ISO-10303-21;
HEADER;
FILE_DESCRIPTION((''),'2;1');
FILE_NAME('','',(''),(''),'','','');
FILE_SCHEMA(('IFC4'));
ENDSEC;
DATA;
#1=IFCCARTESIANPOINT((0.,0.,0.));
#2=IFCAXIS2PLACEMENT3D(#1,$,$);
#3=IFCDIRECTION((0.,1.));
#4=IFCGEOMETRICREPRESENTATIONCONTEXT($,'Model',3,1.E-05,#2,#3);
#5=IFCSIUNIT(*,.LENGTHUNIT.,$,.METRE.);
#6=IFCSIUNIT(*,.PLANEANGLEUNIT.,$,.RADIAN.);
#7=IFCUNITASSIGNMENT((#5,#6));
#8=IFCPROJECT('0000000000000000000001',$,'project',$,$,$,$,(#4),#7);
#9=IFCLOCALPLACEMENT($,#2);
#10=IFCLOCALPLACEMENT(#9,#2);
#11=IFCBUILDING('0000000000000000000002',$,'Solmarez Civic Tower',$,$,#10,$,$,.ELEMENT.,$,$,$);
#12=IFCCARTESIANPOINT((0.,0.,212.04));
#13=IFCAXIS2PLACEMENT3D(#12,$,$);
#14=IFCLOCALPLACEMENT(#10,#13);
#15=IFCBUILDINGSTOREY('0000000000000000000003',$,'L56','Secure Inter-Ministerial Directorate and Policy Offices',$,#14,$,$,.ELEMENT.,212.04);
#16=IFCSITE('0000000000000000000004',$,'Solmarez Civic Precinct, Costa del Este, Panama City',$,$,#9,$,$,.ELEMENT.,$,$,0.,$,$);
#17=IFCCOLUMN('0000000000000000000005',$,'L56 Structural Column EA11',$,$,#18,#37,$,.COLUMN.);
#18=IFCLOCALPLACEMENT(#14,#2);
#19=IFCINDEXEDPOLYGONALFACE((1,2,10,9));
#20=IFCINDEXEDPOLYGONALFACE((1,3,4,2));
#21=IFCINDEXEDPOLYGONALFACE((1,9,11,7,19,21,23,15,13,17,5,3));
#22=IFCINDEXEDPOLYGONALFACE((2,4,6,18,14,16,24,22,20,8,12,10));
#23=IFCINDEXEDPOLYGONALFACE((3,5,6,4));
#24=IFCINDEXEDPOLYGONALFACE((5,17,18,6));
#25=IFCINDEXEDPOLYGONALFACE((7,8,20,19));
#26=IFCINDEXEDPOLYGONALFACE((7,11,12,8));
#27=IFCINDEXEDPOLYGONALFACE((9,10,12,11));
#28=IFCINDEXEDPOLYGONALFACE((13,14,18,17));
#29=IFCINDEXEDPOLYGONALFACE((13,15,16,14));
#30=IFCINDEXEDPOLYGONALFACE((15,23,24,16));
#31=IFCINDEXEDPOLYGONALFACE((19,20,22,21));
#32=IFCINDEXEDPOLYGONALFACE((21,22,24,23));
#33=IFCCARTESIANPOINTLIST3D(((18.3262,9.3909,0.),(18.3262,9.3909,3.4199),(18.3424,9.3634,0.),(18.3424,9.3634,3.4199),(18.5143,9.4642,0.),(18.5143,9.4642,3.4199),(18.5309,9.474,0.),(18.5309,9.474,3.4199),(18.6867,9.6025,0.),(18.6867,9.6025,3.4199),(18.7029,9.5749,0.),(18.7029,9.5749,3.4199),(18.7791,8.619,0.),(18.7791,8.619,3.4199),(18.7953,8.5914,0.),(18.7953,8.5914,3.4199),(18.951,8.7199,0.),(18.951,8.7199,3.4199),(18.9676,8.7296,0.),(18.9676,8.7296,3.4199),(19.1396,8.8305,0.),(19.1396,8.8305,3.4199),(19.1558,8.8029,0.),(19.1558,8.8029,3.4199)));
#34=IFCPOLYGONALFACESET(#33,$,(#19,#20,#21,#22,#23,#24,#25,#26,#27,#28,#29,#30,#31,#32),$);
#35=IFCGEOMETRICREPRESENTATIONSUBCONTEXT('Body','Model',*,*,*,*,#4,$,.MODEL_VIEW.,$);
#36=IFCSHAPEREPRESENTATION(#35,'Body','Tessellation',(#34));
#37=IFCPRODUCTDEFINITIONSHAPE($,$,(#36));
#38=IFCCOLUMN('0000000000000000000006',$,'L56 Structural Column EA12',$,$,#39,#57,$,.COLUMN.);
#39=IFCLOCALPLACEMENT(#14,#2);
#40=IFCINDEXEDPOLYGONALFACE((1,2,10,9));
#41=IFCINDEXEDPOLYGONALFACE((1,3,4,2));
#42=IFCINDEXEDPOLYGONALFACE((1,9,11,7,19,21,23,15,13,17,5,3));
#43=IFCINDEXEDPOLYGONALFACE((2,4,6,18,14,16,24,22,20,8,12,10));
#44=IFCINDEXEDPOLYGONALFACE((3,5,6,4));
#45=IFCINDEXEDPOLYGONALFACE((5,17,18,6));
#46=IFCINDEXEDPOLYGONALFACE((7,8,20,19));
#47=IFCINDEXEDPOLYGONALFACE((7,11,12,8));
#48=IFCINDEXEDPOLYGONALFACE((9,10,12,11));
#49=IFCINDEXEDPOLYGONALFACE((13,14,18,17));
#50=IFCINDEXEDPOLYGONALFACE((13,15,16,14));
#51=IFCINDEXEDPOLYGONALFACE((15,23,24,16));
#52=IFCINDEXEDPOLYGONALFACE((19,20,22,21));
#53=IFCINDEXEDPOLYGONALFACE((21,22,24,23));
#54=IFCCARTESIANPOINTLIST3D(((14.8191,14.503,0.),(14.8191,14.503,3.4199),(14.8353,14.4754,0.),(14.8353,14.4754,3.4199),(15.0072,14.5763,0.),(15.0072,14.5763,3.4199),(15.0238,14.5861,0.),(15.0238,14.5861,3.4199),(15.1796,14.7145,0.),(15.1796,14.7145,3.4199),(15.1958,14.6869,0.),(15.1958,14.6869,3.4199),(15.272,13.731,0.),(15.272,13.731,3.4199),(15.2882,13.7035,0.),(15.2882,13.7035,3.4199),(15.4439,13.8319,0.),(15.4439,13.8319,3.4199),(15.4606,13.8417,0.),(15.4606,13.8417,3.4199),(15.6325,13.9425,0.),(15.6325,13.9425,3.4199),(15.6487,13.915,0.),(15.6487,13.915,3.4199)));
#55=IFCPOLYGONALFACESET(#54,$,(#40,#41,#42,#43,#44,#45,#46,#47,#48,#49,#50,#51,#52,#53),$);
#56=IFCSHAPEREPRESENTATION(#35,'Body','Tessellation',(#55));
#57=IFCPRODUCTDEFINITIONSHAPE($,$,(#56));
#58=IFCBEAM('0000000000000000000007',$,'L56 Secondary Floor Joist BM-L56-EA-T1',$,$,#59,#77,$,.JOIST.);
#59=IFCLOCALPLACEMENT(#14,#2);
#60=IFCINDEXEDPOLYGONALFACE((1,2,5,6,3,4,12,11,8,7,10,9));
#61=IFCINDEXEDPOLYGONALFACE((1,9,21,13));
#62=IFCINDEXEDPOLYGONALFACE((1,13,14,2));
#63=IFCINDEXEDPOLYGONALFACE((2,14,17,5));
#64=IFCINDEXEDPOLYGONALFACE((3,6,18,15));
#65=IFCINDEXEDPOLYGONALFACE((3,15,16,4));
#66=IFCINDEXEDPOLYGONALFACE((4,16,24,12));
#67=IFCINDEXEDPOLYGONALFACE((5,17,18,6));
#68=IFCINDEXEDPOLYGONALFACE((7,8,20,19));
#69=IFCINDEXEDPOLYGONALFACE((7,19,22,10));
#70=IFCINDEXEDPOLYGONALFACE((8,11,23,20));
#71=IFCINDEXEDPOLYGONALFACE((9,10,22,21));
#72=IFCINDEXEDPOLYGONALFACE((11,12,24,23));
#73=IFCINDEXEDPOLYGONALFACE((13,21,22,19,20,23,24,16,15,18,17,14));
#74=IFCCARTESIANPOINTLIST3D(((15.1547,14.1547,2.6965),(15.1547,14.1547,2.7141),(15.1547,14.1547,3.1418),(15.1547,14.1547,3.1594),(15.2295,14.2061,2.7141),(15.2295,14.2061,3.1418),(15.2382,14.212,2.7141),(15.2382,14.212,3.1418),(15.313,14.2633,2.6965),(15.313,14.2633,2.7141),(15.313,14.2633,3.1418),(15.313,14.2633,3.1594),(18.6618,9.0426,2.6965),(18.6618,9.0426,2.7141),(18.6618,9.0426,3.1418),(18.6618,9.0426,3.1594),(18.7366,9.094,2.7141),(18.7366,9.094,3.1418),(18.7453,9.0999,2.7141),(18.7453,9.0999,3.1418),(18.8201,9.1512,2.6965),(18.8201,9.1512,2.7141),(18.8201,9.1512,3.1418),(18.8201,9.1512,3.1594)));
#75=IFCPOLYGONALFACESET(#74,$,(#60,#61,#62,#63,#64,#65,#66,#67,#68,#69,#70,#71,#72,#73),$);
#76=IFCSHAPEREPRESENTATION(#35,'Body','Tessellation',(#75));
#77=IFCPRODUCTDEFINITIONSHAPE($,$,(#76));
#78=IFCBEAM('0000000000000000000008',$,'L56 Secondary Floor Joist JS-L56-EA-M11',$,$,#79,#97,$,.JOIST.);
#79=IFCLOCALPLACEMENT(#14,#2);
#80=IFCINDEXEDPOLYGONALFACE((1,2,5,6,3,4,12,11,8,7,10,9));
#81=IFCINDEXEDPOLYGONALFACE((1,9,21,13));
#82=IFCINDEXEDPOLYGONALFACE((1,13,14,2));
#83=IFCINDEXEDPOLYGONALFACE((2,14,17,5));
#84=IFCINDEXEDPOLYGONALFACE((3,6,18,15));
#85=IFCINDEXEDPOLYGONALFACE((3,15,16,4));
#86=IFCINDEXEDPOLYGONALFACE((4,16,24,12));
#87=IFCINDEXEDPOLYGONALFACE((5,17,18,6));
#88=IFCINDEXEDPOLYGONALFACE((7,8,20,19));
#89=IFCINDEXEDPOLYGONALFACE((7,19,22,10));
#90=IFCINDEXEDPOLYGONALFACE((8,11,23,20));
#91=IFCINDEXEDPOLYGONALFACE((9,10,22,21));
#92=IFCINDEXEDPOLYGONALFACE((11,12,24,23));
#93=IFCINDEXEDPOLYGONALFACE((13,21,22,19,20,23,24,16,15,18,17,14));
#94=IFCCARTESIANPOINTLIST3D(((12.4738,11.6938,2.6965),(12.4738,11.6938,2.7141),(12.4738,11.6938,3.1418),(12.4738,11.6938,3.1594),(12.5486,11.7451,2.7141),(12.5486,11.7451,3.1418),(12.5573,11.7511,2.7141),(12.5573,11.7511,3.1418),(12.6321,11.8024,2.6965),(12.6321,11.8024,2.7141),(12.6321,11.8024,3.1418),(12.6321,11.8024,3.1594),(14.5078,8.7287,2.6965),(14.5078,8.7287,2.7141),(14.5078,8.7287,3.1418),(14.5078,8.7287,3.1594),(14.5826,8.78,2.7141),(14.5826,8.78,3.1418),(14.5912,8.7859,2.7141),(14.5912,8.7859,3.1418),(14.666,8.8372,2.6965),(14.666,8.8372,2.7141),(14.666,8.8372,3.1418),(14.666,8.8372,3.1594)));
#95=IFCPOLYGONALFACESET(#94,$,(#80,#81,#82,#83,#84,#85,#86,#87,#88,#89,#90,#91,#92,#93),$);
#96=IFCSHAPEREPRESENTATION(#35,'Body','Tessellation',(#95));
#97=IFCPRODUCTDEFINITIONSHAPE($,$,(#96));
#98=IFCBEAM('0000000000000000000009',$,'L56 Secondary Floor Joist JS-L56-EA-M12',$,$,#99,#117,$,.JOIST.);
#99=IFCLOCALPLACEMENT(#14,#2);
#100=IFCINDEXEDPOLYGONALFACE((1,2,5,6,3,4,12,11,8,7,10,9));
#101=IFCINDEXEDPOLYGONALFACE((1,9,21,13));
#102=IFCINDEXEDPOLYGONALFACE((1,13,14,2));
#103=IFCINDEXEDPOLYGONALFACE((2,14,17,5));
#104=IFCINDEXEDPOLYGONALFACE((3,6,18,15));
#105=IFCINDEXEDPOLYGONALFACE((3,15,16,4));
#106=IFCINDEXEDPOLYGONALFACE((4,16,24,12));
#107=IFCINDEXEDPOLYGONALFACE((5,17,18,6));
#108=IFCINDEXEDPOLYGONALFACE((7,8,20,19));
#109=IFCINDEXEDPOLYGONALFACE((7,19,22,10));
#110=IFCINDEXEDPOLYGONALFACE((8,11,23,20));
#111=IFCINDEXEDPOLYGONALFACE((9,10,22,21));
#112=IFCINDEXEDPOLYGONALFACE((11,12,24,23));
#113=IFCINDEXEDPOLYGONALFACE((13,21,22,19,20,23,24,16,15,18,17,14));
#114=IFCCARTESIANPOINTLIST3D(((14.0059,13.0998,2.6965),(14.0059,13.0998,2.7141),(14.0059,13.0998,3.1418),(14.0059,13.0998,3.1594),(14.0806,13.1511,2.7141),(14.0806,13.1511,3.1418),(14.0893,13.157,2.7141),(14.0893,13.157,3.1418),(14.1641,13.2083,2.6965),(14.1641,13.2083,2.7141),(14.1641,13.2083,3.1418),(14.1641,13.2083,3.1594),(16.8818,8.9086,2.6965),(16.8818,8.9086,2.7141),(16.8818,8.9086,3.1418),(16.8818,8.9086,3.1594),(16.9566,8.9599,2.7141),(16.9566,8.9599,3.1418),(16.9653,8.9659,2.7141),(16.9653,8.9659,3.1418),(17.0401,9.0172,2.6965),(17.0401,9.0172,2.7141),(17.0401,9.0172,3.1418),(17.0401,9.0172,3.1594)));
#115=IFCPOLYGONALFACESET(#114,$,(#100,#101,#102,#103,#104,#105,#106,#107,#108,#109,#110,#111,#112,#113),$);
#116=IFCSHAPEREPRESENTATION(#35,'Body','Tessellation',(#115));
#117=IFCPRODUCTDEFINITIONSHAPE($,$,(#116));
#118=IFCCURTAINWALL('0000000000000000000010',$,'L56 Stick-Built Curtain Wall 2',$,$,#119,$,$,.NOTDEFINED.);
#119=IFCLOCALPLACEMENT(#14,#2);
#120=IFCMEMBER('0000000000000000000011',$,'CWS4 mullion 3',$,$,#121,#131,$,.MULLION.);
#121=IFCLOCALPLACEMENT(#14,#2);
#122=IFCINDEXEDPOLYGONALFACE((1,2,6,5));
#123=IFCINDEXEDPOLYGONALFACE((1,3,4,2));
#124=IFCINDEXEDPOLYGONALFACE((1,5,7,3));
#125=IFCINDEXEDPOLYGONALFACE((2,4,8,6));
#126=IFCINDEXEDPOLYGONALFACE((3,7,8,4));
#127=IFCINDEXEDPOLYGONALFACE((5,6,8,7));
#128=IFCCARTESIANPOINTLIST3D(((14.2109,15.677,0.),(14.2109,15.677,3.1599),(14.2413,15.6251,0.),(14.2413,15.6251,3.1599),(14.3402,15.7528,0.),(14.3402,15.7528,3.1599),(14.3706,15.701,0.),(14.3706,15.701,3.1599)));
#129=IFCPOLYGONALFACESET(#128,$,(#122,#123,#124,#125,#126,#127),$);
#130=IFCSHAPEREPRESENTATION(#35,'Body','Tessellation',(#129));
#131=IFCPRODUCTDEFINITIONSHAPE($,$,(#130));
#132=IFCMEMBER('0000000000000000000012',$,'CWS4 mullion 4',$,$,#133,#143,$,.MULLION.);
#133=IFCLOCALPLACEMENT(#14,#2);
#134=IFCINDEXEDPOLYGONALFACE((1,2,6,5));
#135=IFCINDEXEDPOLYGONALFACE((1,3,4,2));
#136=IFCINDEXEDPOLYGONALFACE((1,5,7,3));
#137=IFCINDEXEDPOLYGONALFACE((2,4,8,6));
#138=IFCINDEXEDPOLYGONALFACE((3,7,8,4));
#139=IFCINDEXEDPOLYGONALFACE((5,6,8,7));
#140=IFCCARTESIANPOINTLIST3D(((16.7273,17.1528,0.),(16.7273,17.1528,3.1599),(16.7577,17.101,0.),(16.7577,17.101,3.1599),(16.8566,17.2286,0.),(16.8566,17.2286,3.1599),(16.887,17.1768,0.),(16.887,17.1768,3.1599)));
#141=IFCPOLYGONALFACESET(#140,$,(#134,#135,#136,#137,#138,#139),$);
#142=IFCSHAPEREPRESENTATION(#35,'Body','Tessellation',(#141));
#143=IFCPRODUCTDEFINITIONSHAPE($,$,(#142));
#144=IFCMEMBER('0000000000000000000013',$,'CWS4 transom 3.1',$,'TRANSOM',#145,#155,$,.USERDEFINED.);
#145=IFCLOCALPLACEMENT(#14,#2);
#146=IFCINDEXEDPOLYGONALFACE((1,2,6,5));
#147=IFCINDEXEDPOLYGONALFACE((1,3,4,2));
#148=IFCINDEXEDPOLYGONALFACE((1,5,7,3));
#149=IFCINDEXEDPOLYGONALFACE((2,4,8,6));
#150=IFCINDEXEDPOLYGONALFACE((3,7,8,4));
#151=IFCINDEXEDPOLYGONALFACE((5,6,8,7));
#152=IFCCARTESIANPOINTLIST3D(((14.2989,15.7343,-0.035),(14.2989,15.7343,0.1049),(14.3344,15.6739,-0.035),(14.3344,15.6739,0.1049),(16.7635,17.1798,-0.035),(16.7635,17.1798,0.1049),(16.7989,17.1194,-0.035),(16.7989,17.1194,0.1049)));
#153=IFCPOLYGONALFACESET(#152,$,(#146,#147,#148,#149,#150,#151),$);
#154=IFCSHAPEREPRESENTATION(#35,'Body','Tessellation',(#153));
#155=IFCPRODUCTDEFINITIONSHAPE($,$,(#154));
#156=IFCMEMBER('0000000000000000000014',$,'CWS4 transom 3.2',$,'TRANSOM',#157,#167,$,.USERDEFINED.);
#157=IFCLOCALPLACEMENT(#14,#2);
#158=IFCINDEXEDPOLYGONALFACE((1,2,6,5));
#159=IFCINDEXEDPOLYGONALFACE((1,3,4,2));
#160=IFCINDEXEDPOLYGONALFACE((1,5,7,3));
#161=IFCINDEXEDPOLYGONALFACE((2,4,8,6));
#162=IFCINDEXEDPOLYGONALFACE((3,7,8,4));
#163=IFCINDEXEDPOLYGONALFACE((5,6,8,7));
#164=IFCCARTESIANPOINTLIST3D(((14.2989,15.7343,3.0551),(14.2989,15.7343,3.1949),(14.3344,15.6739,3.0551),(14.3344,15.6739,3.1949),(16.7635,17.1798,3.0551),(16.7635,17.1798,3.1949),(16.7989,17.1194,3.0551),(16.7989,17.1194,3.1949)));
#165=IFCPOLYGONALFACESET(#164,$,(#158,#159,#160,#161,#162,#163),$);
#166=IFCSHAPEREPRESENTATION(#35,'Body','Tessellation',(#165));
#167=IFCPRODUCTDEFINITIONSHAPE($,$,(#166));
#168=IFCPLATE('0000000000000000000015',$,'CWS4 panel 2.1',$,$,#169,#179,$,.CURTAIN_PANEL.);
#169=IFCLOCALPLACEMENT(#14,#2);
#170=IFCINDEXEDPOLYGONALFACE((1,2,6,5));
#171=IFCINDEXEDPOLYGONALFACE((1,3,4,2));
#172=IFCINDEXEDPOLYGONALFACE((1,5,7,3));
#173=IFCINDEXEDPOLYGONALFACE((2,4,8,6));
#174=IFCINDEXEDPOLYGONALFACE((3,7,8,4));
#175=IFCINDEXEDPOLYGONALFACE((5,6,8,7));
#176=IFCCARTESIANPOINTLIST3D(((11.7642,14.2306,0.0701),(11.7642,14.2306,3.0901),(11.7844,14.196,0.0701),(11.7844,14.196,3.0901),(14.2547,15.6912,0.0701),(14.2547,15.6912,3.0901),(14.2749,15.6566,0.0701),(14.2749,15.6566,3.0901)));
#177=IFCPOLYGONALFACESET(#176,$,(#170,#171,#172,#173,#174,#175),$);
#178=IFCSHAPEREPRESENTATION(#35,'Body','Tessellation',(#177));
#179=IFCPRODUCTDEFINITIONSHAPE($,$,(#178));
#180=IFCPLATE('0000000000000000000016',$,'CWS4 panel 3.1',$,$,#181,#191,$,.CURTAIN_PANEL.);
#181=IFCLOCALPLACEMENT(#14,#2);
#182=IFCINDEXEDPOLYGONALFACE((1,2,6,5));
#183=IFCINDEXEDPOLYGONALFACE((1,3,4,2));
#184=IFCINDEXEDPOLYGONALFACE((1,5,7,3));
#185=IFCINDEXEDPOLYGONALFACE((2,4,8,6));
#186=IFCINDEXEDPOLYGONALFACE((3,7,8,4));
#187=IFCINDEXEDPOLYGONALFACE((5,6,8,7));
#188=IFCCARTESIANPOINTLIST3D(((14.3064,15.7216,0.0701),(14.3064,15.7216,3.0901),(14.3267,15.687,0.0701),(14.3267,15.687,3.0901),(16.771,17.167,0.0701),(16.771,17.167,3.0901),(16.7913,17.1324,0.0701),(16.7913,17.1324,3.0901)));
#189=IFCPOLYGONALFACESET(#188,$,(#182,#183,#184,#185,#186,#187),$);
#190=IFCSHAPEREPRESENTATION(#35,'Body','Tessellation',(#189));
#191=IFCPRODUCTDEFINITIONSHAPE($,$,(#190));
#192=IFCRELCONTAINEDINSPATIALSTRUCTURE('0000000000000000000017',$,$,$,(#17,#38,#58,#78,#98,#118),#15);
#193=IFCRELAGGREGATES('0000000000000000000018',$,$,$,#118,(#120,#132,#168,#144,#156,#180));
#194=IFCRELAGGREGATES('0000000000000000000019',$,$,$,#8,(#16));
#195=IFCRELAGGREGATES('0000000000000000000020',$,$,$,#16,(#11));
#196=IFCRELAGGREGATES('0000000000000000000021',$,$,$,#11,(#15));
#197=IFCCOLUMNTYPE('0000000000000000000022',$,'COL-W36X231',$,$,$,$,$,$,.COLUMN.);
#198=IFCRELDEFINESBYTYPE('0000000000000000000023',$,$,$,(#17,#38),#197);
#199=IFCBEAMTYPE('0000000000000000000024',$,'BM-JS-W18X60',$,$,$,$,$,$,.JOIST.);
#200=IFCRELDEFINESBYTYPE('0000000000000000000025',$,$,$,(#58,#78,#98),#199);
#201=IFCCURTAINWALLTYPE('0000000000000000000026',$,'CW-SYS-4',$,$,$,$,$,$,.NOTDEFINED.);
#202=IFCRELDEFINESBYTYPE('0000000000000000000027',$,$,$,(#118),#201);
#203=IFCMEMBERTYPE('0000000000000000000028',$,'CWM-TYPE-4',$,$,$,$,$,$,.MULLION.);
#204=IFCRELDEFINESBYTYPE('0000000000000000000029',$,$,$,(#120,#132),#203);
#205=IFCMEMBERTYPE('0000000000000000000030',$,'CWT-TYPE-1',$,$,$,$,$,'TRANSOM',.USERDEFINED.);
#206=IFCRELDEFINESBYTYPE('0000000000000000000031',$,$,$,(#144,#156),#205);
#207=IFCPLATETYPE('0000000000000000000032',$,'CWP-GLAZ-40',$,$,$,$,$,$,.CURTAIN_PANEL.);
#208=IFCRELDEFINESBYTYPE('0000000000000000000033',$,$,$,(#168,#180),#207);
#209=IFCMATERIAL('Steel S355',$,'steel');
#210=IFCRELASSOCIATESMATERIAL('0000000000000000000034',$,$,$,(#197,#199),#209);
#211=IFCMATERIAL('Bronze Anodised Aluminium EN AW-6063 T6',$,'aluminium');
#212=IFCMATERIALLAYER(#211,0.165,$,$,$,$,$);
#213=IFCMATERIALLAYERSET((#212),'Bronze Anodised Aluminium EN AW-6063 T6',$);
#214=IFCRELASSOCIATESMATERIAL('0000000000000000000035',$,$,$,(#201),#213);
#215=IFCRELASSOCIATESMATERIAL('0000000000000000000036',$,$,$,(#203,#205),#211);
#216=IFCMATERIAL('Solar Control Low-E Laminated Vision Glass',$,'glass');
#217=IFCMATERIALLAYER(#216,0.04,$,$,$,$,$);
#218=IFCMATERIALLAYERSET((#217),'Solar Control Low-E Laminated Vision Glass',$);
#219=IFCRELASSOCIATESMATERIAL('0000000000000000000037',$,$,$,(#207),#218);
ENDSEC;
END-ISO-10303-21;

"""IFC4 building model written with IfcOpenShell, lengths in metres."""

from ifc_helpers import new_model, si_unit, direction, frame, origin, origin_2d, place, context, subcontext, project, spatial, rectangle, i_section, extrude, material, layer, layer_set, material_profile, profile_set, type_object, element, aggregate, save


model = new_model("IFC4")

# Units and contexts
model_context = context("Model", 3, precision=1e-05, world=origin(), true_north=direction((0.0, 1.0)))
body_context = subcontext(model_context, "Body", "Model", "MODEL_VIEW")
ifc_project = project(units=[si_unit("LENGTHUNIT", "METRE"), si_unit("PLANEANGLEUNIT", "RADIAN")], contexts=[model_context])

# Site, building, storey
site_placement = place(None, origin())
site = spatial("IfcSite", under=ifc_project, at=site_placement, Name="Solmarez Civic Precinct, Costa del Este, Panama City", CompositionType="ELEMENT", RefElevation=0.0)
building_placement = place(site_placement, origin())
building = spatial("IfcBuilding", under=site, at=building_placement, Name="Solmarez Civic Tower", CompositionType="ELEMENT")
storey_placement = place(building_placement, frame((0.0, 0.0, 212.04)))
storey = spatial("IfcBuildingStorey", under=building, at=storey_placement, Name="L56", Description="Secure Inter-Ministerial Directorate and Policy Offices", CompositionType="ELEMENT", Elevation=212.04)

# Columns
ifc_material_1 = material(Name="Steel S355", Category="steel")
ifc_material_profile_1 = material_profile(ifc_material_1, i_section(OverallWidth=0.418, OverallDepth=0.927, WebThickness=0.0193, FlangeThickness=0.032, at=origin_2d()), Name="W36X231")
ifc_profile_set_1 = profile_set([ifc_material_profile_1], Name="Steel S355")
column_type = type_object("IfcColumnType", Name="COL-W36X231", PredefinedType="COLUMN", material=ifc_profile_set_1)
for number, where, z_axis, x_axis, name in (
    (1, (18.741, 9.0969, 0.0), (0.0, 0.0, 1.0), (0.862514, 0.506034, 0.0), "L56 Structural Column EA11"),
    (2, (15.2339, 14.209, 0.0), (0.0, 0.0, 1.0), (0.862514, 0.506034, 0.0), "L56 Structural Column EA12"),
):
    element("IfcColumn", number, at=place(storey_placement, frame(where, z_axis=z_axis, x_axis=x_axis)), inside=storey, type_object=column_type, Name=name, PredefinedType="COLUMN", context=body_context, shape_type="SweptSolid", body=[
        extrude(i_section(OverallWidth=0.418, OverallDepth=0.927, WebThickness=0.0193, FlangeThickness=0.032, at=origin_2d()), origin(), (0.0, 0.0, 1.0), 3.4199),
    ])

# Beams
ifc_material_profile_2 = material_profile(ifc_material_1, i_section(OverallWidth=0.1919, OverallDepth=0.4629, WebThickness=0.0105, FlangeThickness=0.0176, at=origin_2d()), Name="W18X60")
ifc_profile_set_2 = profile_set([ifc_material_profile_2], Name="Steel S355")
beam_type = type_object("IfcBeamType", Name="BM-JS-W18X60", PredefinedType="JOIST", material=ifc_profile_set_2)
beam_1_placement = place(storey_placement, frame((18.741, 9.0969, 2.928), z_axis=(-0.565711, 0.824603, 0.0), x_axis=(-0.824603, -0.565711, 0.0)))
element("IfcBeam", 3, at=beam_1_placement, inside=storey, type_object=beam_type, Name="L56 Secondary Floor Joist BM-L56-EA-T1", PredefinedType="JOIST", context=body_context, shape_type="SweptSolid", body=[
    extrude(i_section(OverallWidth=0.1919, OverallDepth=0.4629, WebThickness=0.0105, FlangeThickness=0.0176, at=origin_2d()), origin(), (0.0, 0.0, 1.0), 6.1995),
])
beam_2_placement = place(storey_placement, frame((14.5869, 8.783, 2.928), z_axis=(-0.565667, 0.824634, 0.0), x_axis=(-0.824634, -0.565667, 0.0)))
element("IfcBeam", 4, at=beam_2_placement, inside=storey, type_object=beam_type, Name="L56 Secondary Floor Joist JS-L56-EA-M11", PredefinedType="JOIST", context=body_context, shape_type="SweptSolid", body=[
    extrude(i_section(OverallWidth=0.1919, OverallDepth=0.4629, WebThickness=0.0105, FlangeThickness=0.0176, at=origin_2d()), origin(), (0.0, 0.0, 1.0), 3.5957),
])
beam_3_placement = place(storey_placement, frame((16.9609, 8.9629, 2.928), z_axis=(-0.565801, 0.824542, 0.0), x_axis=(-0.824542, -0.565801, 0.0)))
element("IfcBeam", 5, at=beam_3_placement, inside=storey, type_object=beam_type, Name="L56 Secondary Floor Joist JS-L56-EA-M12", PredefinedType="JOIST", context=body_context, shape_type="SweptSolid", body=[
    extrude(i_section(OverallWidth=0.1919, OverallDepth=0.4629, WebThickness=0.0105, FlangeThickness=0.0176, at=origin_2d()), origin(), (0.0, 0.0, 1.0), 5.083),
])

# Curtain wall, members, plates
ifc_material_2 = material(Name="Bronze Anodised Aluminium EN AW-6063 T6", Category="aluminium")
ifc_layer_1 = layer(ifc_material_2, 0.165)
ifc_layer_set_1 = layer_set([ifc_layer_1], Name="Bronze Anodised Aluminium EN AW-6063 T6")
curtain_wall_type = type_object("IfcCurtainWallType", Name="CW-SYS-4", PredefinedType="NOTDEFINED", material=ifc_layer_set_1)
curtain_wall_placement = place(storey_placement, origin())
curtain_wall = element("IfcCurtainWall", 6, at=curtain_wall_placement, inside=storey, type_object=curtain_wall_type, Name="L56 Stick-Built Curtain Wall 2", PredefinedType="NOTDEFINED")
ifc_material_profile_3 = material_profile(ifc_material_2, rectangle(XDim=0.0601, YDim=0.1499, at=origin_2d()), Name="CWM-60X150")
ifc_profile_set_3 = profile_set([ifc_material_profile_3], Name="Bronze Anodised Aluminium EN AW-6063 T6")
member_type_1 = type_object("IfcMemberType", Name="CWM-TYPE-4", PredefinedType="MULLION", material=ifc_profile_set_3)
member_1_placement = place(storey_placement, frame((14.2908, 15.689, 0.0), z_axis=(0.0, 0.0, 1.0), x_axis=(-0.505888, 0.862599, 0.0)))
member_1 = element("IfcMember", 7, at=member_1_placement, type_object=member_type_1, Name="CWS4 mullion 3", PredefinedType="MULLION", context=body_context, shape_type="SweptSolid", body=[
    extrude(rectangle(XDim=0.0601, YDim=0.1499, at=origin_2d()), origin(), (0.0, 0.0, 1.0), 3.1599),
])
member_2_placement = place(storey_placement, frame((16.8071, 17.1648, 0.0), z_axis=(0.0, 0.0, 1.0), x_axis=(-0.505888, 0.862599, 0.0)))
member_2 = element("IfcMember", 8, at=member_2_placement, type_object=member_type_1, Name="CWS4 mullion 4", PredefinedType="MULLION", context=body_context, shape_type="SweptSolid", body=[
    extrude(rectangle(XDim=0.0601, YDim=0.1499, at=origin_2d()), origin(), (0.0, 0.0, 1.0), 3.1599),
])
ifc_material_profile_4 = material_profile(ifc_material_2, rectangle(XDim=0.0701, YDim=0.1399, at=origin_2d()), Name="CWT-70X140")
ifc_profile_set_4 = profile_set([ifc_material_profile_4], Name="Bronze Anodised Aluminium EN AW-6063 T6")
member_type_2 = type_object("IfcMemberType", Name="CWT-TYPE-1", ElementType="TRANSOM", PredefinedType="USERDEFINED", material=ifc_profile_set_4)
member_3_placement = place(storey_placement, frame((14.3167, 15.7041, 0.0349), z_axis=(0.862577, 0.505926, 0.0), x_axis=(-0.505926, 0.862577, 0.0)))
member_3 = element("IfcMember", 9, at=member_3_placement, type_object=member_type_2, Name="CWS4 transom 3.1", ObjectType="TRANSOM", PredefinedType="USERDEFINED", context=body_context, shape_type="SweptSolid", body=[
    extrude(rectangle(XDim=0.0701, YDim=0.1399, at=origin_2d()), origin(), (0.0, 0.0, 1.0), 2.8572),
])
member_4_placement = place(storey_placement, frame((14.3167, 15.7041, 3.125), z_axis=(0.862577, 0.505926, 0.0), x_axis=(-0.505926, 0.862577, 0.0)))
member_4 = element("IfcMember", 10, at=member_4_placement, type_object=member_type_2, Name="CWS4 transom 3.2", ObjectType="TRANSOM", PredefinedType="USERDEFINED", context=body_context, shape_type="SweptSolid", body=[
    extrude(rectangle(XDim=0.0701, YDim=0.1399, at=origin_2d()), origin(), (0.0, 0.0, 1.0), 2.8572),
])
ifc_material_3 = material(Name="Solar Control Low-E Laminated Vision Glass", Category="glass")
ifc_layer_2 = layer(ifc_material_3, 0.04)
ifc_layer_set_2 = layer_set([ifc_layer_2], Name="Solar Control Low-E Laminated Vision Glass")
plate_type = type_object("IfcPlateType", Name="CWP-GLAZ-40", PredefinedType="CURTAIN_PANEL", material=ifc_layer_set_2)
plate_1_placement = place(storey_placement, frame((13.0195, 14.9436, 0.0701), z_axis=(0.0, 0.0, 1.0), x_axis=(0.862599, 0.505888, 0.0)))
plate_1 = element("IfcPlate", 11, at=plate_1_placement, type_object=plate_type, Name="CWS4 panel 2.1", PredefinedType="CURTAIN_PANEL", context=body_context, shape_type="SweptSolid", body=[
    extrude(rectangle(XDim=2.8872, YDim=0.04, at=origin_2d()), origin(), (0.0, 0.0, 1.0), 3.02),
])
plate_2_placement = place(storey_placement, frame((15.5488, 16.427, 0.0701), z_axis=(0.0, 0.0, 1.0), x_axis=(0.862599, 0.505888, 0.0)))
plate_2 = element("IfcPlate", 12, at=plate_2_placement, type_object=plate_type, Name="CWS4 panel 3.1", PredefinedType="CURTAIN_PANEL", context=body_context, shape_type="SweptSolid", body=[
    extrude(rectangle(XDim=2.8572, YDim=0.04, at=origin_2d()), origin(), (0.0, 0.0, 1.0), 3.02),
])
aggregate(curtain_wall, [member_1, member_2, plate_1, member_3, member_4, plate_2])

save(model, "model.ifc")
